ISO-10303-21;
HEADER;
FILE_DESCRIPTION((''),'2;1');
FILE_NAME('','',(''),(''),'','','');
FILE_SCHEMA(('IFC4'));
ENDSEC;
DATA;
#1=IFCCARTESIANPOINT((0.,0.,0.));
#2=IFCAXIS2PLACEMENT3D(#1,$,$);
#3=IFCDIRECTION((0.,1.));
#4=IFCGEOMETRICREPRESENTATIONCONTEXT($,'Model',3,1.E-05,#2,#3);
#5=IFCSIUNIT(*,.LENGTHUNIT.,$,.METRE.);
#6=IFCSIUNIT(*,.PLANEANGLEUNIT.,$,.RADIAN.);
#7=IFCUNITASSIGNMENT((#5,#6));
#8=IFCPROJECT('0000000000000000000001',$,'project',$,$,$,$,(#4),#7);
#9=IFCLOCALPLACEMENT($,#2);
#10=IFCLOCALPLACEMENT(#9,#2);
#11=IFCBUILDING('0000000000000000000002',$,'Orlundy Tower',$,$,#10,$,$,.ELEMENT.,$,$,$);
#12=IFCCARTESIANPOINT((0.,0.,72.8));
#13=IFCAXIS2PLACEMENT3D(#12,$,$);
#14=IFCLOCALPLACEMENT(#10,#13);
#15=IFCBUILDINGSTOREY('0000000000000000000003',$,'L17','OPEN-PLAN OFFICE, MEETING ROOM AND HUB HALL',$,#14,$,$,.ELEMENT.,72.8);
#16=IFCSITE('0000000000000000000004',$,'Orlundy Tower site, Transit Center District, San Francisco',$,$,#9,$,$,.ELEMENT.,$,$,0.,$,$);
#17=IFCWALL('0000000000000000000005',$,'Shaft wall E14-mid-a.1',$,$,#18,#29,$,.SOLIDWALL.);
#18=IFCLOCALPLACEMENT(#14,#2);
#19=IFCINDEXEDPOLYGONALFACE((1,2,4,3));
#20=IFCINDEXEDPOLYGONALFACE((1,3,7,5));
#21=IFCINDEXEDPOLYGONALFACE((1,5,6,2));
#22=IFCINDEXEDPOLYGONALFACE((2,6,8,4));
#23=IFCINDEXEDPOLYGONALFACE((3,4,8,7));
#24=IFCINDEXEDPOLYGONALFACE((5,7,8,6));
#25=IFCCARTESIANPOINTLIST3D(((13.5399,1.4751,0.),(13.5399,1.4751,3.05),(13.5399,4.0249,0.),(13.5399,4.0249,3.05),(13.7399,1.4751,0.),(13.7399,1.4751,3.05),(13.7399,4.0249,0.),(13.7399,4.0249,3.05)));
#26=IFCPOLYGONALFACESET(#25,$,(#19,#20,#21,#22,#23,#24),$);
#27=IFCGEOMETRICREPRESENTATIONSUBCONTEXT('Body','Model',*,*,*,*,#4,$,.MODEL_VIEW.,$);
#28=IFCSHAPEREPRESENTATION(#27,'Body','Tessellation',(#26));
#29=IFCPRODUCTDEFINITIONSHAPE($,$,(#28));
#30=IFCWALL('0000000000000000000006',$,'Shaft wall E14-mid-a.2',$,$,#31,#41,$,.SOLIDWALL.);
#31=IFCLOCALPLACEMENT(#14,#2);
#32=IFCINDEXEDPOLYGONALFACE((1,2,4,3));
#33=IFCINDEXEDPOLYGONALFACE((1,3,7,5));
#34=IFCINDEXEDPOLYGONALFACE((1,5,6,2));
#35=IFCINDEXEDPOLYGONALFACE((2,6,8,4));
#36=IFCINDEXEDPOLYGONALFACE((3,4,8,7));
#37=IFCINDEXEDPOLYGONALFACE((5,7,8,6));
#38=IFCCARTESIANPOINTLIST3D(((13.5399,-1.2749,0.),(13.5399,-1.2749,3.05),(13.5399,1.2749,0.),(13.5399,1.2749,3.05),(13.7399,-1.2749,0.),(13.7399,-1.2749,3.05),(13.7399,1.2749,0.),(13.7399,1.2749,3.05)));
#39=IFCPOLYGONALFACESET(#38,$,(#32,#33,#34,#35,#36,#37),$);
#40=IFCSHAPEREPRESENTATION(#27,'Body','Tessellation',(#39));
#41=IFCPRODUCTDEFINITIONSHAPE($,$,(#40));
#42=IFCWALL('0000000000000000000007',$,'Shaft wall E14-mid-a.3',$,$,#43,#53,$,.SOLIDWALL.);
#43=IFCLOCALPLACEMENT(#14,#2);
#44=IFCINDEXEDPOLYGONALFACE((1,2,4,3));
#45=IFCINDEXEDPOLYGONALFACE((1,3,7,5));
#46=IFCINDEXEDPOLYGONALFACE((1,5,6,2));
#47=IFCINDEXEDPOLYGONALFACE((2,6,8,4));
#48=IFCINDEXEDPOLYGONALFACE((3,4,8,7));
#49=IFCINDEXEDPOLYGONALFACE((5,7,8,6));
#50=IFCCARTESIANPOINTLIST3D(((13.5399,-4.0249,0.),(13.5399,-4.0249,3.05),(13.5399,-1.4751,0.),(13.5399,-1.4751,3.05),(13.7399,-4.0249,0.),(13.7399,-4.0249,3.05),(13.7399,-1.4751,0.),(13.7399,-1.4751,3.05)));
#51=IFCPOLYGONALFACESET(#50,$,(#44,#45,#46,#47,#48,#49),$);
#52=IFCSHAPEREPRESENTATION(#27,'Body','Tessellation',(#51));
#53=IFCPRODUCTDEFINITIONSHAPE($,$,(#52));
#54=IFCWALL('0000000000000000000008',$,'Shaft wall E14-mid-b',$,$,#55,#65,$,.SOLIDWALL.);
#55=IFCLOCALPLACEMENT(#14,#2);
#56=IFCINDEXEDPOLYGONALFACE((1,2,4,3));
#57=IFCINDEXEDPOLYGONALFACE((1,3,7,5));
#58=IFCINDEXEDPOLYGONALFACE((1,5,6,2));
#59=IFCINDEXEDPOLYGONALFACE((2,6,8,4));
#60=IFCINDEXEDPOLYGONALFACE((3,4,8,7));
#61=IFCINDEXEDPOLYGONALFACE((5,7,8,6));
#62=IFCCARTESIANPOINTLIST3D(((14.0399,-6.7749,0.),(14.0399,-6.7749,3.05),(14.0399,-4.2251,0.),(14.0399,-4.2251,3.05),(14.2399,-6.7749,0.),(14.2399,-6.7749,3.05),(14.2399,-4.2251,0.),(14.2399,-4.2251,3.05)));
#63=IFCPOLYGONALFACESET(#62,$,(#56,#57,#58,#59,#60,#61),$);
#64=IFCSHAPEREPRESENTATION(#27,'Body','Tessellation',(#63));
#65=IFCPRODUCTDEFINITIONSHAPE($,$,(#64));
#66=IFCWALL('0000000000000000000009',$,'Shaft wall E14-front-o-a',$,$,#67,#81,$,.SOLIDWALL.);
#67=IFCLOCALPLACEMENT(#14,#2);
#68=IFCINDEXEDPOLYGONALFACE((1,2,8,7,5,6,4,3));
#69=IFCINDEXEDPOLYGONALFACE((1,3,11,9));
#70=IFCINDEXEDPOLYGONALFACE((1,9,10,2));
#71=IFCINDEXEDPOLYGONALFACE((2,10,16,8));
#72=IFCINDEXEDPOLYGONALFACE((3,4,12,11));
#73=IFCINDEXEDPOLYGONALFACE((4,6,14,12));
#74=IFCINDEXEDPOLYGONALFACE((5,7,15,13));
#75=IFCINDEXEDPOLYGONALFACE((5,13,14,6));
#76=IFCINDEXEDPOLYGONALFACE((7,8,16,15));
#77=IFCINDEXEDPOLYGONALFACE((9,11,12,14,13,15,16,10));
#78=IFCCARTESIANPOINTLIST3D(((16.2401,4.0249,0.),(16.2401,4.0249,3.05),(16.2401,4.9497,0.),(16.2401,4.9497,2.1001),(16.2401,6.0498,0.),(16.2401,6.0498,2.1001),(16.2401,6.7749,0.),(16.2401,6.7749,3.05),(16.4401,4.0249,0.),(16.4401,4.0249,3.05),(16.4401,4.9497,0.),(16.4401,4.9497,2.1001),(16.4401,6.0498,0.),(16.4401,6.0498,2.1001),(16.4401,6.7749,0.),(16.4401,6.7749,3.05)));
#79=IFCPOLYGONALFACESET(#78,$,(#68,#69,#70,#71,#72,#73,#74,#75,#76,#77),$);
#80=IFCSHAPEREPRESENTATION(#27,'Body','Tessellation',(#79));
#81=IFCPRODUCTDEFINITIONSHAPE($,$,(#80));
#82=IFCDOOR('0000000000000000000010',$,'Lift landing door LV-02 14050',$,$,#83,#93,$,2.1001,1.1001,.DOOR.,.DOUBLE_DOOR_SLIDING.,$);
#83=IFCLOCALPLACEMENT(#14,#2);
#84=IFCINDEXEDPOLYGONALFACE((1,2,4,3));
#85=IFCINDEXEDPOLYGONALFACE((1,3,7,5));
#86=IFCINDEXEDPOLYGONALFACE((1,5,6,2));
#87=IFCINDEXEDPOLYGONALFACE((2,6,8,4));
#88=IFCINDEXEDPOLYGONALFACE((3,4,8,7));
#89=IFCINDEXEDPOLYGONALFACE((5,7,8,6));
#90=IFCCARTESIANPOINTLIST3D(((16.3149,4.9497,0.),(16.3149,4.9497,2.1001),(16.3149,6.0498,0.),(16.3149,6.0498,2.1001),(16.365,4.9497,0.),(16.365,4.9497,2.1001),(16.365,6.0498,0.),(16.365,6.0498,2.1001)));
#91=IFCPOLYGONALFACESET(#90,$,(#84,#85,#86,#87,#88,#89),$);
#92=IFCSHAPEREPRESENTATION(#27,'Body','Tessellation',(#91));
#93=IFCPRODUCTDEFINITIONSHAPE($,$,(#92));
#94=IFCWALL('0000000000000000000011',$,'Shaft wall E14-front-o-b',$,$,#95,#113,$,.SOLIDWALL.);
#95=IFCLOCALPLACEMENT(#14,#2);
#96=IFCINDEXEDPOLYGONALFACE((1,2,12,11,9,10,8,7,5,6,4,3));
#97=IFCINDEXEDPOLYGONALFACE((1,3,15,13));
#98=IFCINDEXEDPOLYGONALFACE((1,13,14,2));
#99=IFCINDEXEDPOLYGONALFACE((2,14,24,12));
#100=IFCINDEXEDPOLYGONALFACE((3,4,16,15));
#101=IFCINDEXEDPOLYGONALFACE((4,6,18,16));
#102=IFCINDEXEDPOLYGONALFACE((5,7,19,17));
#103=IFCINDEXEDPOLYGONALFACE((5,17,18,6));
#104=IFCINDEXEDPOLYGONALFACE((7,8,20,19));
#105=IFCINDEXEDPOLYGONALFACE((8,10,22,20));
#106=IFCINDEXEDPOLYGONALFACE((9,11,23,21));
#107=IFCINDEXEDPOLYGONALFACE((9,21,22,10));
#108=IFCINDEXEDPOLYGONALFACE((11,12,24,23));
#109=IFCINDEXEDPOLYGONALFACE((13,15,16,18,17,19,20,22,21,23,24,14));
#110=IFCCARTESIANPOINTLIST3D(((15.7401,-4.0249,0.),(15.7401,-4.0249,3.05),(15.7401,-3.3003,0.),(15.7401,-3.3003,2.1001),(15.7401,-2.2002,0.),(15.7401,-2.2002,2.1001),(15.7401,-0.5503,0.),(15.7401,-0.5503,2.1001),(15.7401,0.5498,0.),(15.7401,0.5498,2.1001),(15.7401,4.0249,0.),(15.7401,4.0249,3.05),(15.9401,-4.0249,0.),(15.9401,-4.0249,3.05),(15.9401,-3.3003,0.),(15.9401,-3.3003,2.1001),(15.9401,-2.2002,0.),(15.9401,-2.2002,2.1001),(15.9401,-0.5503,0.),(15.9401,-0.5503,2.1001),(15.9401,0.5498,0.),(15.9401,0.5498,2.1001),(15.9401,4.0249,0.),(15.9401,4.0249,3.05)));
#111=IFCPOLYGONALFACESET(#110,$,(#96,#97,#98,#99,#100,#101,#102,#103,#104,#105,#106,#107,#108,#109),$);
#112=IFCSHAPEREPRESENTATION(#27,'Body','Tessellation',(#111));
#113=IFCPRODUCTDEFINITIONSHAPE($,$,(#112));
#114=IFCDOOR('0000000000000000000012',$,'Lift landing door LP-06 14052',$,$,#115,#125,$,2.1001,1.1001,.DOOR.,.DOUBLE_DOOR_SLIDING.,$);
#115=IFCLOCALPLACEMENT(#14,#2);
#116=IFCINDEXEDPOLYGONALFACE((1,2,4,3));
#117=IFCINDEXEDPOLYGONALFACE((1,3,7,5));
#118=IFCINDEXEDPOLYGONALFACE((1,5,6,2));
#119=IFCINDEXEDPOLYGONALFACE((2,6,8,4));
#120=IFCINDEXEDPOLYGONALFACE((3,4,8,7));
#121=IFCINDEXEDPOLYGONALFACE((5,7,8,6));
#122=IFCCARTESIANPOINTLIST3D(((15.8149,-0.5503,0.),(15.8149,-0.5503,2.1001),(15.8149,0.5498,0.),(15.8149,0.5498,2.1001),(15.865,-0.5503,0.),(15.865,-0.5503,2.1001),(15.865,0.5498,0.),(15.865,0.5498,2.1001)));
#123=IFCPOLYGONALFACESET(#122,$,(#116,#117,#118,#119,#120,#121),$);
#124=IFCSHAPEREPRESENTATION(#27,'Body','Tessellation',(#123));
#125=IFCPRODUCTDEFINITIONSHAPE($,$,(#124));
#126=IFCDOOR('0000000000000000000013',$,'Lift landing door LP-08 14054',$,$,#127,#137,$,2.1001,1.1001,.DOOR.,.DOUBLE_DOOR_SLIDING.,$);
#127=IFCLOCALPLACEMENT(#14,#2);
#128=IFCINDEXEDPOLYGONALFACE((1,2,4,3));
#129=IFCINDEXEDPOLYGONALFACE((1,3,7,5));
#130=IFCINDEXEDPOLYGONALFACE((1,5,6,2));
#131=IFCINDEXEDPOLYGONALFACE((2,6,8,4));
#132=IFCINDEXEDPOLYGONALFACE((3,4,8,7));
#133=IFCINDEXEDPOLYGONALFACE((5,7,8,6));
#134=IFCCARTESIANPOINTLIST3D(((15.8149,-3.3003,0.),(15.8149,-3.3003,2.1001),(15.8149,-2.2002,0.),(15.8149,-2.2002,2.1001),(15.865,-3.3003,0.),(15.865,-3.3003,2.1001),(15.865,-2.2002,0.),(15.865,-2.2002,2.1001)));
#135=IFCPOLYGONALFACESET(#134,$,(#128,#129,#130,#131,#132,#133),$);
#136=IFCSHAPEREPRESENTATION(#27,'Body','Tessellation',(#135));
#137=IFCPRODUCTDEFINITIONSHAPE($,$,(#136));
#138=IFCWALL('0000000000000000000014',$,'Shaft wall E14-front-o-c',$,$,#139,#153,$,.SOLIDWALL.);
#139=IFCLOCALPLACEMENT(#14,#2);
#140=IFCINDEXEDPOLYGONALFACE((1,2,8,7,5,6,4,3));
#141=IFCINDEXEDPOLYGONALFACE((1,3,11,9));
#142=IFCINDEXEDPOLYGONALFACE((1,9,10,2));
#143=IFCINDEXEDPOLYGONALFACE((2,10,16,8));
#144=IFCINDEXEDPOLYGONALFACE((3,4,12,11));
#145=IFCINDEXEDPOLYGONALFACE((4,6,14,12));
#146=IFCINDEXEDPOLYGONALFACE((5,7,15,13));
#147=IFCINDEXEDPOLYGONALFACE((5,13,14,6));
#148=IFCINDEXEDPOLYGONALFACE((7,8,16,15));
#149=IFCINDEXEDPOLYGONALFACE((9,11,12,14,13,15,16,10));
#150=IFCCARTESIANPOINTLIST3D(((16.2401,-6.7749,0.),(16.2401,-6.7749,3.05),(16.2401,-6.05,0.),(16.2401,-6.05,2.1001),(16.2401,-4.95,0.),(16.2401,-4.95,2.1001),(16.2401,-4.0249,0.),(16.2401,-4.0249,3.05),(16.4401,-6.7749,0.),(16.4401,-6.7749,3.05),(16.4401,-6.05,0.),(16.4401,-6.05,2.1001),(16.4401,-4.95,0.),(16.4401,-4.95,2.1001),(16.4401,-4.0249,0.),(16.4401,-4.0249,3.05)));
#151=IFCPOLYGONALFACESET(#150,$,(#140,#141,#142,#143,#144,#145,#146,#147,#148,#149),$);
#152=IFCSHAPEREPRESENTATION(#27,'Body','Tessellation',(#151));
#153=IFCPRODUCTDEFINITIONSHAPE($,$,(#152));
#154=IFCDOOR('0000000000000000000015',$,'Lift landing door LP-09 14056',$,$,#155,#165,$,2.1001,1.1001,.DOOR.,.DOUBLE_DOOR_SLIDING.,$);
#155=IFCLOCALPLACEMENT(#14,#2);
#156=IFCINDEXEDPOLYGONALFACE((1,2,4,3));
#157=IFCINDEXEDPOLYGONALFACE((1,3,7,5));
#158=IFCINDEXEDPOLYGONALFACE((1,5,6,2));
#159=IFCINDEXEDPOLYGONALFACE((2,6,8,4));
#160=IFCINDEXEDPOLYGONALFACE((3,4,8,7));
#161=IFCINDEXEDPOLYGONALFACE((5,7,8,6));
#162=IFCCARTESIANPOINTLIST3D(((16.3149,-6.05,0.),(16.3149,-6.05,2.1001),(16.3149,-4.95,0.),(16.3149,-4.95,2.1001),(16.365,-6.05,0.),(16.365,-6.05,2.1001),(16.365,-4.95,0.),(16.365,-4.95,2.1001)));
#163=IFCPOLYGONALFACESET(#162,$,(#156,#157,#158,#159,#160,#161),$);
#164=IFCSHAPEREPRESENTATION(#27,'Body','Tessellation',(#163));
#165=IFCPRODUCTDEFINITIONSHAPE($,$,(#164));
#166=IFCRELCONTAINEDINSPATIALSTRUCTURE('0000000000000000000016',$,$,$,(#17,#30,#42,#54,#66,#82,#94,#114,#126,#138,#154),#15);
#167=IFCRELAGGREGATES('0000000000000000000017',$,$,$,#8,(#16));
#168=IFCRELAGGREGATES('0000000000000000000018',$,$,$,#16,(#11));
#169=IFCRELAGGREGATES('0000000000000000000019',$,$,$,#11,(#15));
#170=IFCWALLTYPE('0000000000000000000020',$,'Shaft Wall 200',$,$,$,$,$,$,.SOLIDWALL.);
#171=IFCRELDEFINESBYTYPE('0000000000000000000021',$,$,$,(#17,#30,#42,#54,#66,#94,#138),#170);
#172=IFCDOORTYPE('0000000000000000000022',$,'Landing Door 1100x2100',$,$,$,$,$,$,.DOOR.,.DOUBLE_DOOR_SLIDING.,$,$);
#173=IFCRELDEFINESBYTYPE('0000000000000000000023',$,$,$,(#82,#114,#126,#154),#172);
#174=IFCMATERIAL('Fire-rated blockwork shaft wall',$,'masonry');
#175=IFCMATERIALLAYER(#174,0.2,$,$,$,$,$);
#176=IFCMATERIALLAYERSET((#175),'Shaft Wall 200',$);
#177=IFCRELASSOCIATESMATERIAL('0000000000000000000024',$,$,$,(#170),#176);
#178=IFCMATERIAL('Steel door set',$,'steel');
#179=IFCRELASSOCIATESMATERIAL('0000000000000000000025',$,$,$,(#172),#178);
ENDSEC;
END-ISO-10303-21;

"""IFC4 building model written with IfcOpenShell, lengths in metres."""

from ifc_helpers import new_model, si_unit, direction, frame, frame_2d, origin, place, context, subcontext, project, spatial, rectangle, extrude, material, layer, layer_set, type_object, element, fill, save


model = new_model("IFC4")

# Units and contexts
model_context = context("Model", 3, precision=1e-05, world=origin(), true_north=direction((0.0, 1.0)))
body_context = subcontext(model_context, "Body", "Model", "MODEL_VIEW")
ifc_project = project(units=[si_unit("LENGTHUNIT", "METRE"), si_unit("PLANEANGLEUNIT", "RADIAN")], contexts=[model_context])

# Site, building, storey
site_placement = place(None, origin())
site = spatial("IfcSite", under=ifc_project, at=site_placement, Name="Orlundy Tower site, Transit Center District, San Francisco", CompositionType="ELEMENT", RefElevation=0.0)
building_placement = place(site_placement, origin())
building = spatial("IfcBuilding", under=site, at=building_placement, Name="Orlundy Tower", CompositionType="ELEMENT")
storey_placement = place(building_placement, frame((0.0, 0.0, 72.8)))
storey = spatial("IfcBuildingStorey", under=building, at=storey_placement, Name="L17", Description="OPEN-PLAN OFFICE, MEETING ROOM AND HUB HALL", CompositionType="ELEMENT", Elevation=72.8)

# Walls
ifc_material_1 = material(Name="Fire-rated blockwork shaft wall", Category="masonry")
ifc_layer_1 = layer(ifc_material_1, 0.2)
ifc_layer_set_1 = layer_set([ifc_layer_1], Name="Shaft Wall 200")
wall_type_1 = type_object("IfcWallType", Name="Shaft Wall 200", PredefinedType="SOLIDWALL", material=ifc_layer_set_1)
for number, where, z_axis, x_axis, name in (
    (1, (13.6399, 4.0249, 0.0), (0.0, 0.0, 1.0), (0.0, -1.0, 0.0), "Shaft wall E14-mid-a.1"),
    (2, (13.6399, 1.2749, 0.0), (0.0, 0.0, 1.0), (0.0, -1.0, 0.0), "Shaft wall E14-mid-a.2"),
    (3, (13.6399, -1.4751, 0.0), (0.0, 0.0, 1.0), (0.0, -1.0, 0.0), "Shaft wall E14-mid-a.3"),
    (4, (14.1399, -4.2251, 0.0), (0.0, 0.0, 1.0), (0.0, -1.0, 0.0), "Shaft wall E14-mid-b"),
):
    element("IfcWall", number, at=place(storey_placement, frame(where, z_axis=z_axis, x_axis=x_axis)), inside=storey, type_object=wall_type_1, Name=name, PredefinedType="SOLIDWALL", context=body_context, shape_type="SweptSolid", body=[
        extrude(rectangle(XDim=2.5498, YDim=0.2, at=frame_2d((1.2749, 0.0))), origin(), (0.0, 0.0, 1.0), 3.05),
    ])

# Wall, opening, door
wall_1_placement = place(storey_placement, frame((16.3401, 6.7749, 0.0), z_axis=(0.0, 0.0, 1.0), x_axis=(0.0, -1.0, 0.0)))
wall_1 = element("IfcWall", 5, at=wall_1_placement, inside=storey, type_object=wall_type_1, Name="Shaft wall E14-front-o-a", PredefinedType="SOLIDWALL", context=body_context, shape_type="SweptSolid", body=[
    extrude(rectangle(XDim=2.75, YDim=0.2, at=frame_2d((1.375, 0.0))), origin(), (0.0, 0.0, 1.0), 3.05),
])
opening_1_placement = place(wall_1_placement, frame((0.7251, 0.0, 0.0)))
opening_1 = element("IfcOpeningElement", 6, at=opening_1_placement, cuts=wall_1, PredefinedType="OPENING", context=body_context, shape_type="SweptSolid", body=[
    extrude(rectangle(XDim=1.1001, YDim=2.1001, at=frame_2d((0.55, 1.05))), frame((0.0, 0.1101, 0.0), z_axis=(0.0, -1.0, 0.0), x_axis=(1.0, 0.0, 0.0)), (0.0, 0.0, 1.0), 0.2202),
])
ifc_material_2 = material(Name="Steel door set", Category="steel")
door_type_1 = type_object("IfcDoorType", Name="Landing Door 1100x2100", OperationType="DOUBLE_DOOR_SLIDING", PredefinedType="DOOR", material=ifc_material_2)
door_1_placement = place(opening_1_placement, origin())
door_1 = element("IfcDoor", 7, at=door_1_placement, inside=storey, type_object=door_type_1, Name="Lift landing door LV-02 14050", OperationType="DOUBLE_DOOR_SLIDING", OverallHeight=2.1001, OverallWidth=1.1001, PredefinedType="DOOR", context=body_context, shape_type="SweptSolid", body=[
    extrude(rectangle(XDim=1.1001, YDim=2.1001, at=frame_2d((0.55, 1.05))), frame((0.0, 0.0249, 0.0), z_axis=(0.0, -1.0, 0.0), x_axis=(1.0, 0.0, 0.0)), (0.0, 0.0, 1.0), 0.05),
])
fill(opening_1, door_1)

# Wall, openings, doors
wall_2_placement = place(storey_placement, frame((15.8401, 4.0249, 0.0), z_axis=(0.0, 0.0, 1.0), x_axis=(0.0, -1.0, 0.0)))
wall_2 = element("IfcWall", 8, at=wall_2_placement, inside=storey, type_object=wall_type_1, Name="Shaft wall E14-front-o-b", PredefinedType="SOLIDWALL", context=body_context, shape_type="SweptSolid", body=[
    extrude(rectangle(XDim=8.0498, YDim=0.2, at=frame_2d((4.0249, 0.0))), origin(), (0.0, 0.0, 1.0), 3.05),
])
opening_2_placement = place(wall_2_placement, frame((3.4751, 0.0, 0.0)))
opening_2 = element("IfcOpeningElement", 9, at=opening_2_placement, cuts=wall_2, PredefinedType="OPENING", context=body_context, shape_type="SweptSolid", body=[
    extrude(rectangle(XDim=1.1001, YDim=2.1001, at=frame_2d((0.55, 1.05))), frame((0.0, 0.1101, 0.0), z_axis=(0.0, -1.0, 0.0), x_axis=(1.0, 0.0, 0.0)), (0.0, 0.0, 1.0), 0.2202),
])
opening_3_placement = place(wall_2_placement, frame((6.2251, 0.0, 0.0)))
opening_3 = element("IfcOpeningElement", 10, at=opening_3_placement, cuts=wall_2, PredefinedType="OPENING", context=body_context, shape_type="SweptSolid", body=[
    extrude(rectangle(XDim=1.1001, YDim=2.1001, at=frame_2d((0.55, 1.05))), frame((0.0, 0.1101, 0.0), z_axis=(0.0, -1.0, 0.0), x_axis=(1.0, 0.0, 0.0)), (0.0, 0.0, 1.0), 0.2202),
])
door_2_placement = place(opening_2_placement, origin())
door_2 = element("IfcDoor", 11, at=door_2_placement, inside=storey, type_object=door_type_1, Name="Lift landing door LP-06 14052", OperationType="DOUBLE_DOOR_SLIDING", OverallHeight=2.1001, OverallWidth=1.1001, PredefinedType="DOOR", context=body_context, shape_type="SweptSolid", body=[
    extrude(rectangle(XDim=1.1001, YDim=2.1001, at=frame_2d((0.55, 1.05))), frame((0.0, 0.0249, 0.0), z_axis=(0.0, -1.0, 0.0), x_axis=(1.0, 0.0, 0.0)), (0.0, 0.0, 1.0), 0.05),
])
fill(opening_2, door_2)
door_3_placement = place(opening_3_placement, origin())
door_3 = element("IfcDoor", 12, at=door_3_placement, inside=storey, type_object=door_type_1, Name="Lift landing door LP-08 14054", OperationType="DOUBLE_DOOR_SLIDING", OverallHeight=2.1001, OverallWidth=1.1001, PredefinedType="DOOR", context=body_context, shape_type="SweptSolid", body=[
    extrude(rectangle(XDim=1.1001, YDim=2.1001, at=frame_2d((0.55, 1.05))), frame((0.0, 0.0249, 0.0), z_axis=(0.0, -1.0, 0.0), x_axis=(1.0, 0.0, 0.0)), (0.0, 0.0, 1.0), 0.05),
])
fill(opening_3, door_3)

# Wall, opening, door
wall_3_placement = place(storey_placement, frame((16.3401, -4.0249, 0.0), z_axis=(0.0, 0.0, 1.0), x_axis=(0.0, -1.0, 0.0)))
wall_3 = element("IfcWall", 13, at=wall_3_placement, inside=storey, type_object=wall_type_1, Name="Shaft wall E14-front-o-c", PredefinedType="SOLIDWALL", context=body_context, shape_type="SweptSolid", body=[
    extrude(rectangle(XDim=2.75, YDim=0.2, at=frame_2d((1.375, 0.0))), origin(), (0.0, 0.0, 1.0), 3.05),
])
opening_4_placement = place(wall_3_placement, frame((0.925, 0.0, 0.0)))
opening_4 = element("IfcOpeningElement", 14, at=opening_4_placement, cuts=wall_3, PredefinedType="OPENING", context=body_context, shape_type="SweptSolid", body=[
    extrude(rectangle(XDim=1.1001, YDim=2.1001, at=frame_2d((0.55, 1.05))), frame((0.0, 0.1101, 0.0), z_axis=(0.0, -1.0, 0.0), x_axis=(1.0, 0.0, 0.0)), (0.0, 0.0, 1.0), 0.2202),
])
door_4_placement = place(opening_4_placement, origin())
door_4 = element("IfcDoor", 15, at=door_4_placement, inside=storey, type_object=door_type_1, Name="Lift landing door LP-09 14056", OperationType="DOUBLE_DOOR_SLIDING", OverallHeight=2.1001, OverallWidth=1.1001, PredefinedType="DOOR", context=body_context, shape_type="SweptSolid", body=[
    extrude(rectangle(XDim=1.1001, YDim=2.1001, at=frame_2d((0.55, 1.05))), frame((0.0, 0.0249, 0.0), z_axis=(0.0, -1.0, 0.0), x_axis=(1.0, 0.0, 0.0)), (0.0, 0.0, 1.0), 0.05),
])
fill(opening_4, door_4)

save(model, "model.ifc")
